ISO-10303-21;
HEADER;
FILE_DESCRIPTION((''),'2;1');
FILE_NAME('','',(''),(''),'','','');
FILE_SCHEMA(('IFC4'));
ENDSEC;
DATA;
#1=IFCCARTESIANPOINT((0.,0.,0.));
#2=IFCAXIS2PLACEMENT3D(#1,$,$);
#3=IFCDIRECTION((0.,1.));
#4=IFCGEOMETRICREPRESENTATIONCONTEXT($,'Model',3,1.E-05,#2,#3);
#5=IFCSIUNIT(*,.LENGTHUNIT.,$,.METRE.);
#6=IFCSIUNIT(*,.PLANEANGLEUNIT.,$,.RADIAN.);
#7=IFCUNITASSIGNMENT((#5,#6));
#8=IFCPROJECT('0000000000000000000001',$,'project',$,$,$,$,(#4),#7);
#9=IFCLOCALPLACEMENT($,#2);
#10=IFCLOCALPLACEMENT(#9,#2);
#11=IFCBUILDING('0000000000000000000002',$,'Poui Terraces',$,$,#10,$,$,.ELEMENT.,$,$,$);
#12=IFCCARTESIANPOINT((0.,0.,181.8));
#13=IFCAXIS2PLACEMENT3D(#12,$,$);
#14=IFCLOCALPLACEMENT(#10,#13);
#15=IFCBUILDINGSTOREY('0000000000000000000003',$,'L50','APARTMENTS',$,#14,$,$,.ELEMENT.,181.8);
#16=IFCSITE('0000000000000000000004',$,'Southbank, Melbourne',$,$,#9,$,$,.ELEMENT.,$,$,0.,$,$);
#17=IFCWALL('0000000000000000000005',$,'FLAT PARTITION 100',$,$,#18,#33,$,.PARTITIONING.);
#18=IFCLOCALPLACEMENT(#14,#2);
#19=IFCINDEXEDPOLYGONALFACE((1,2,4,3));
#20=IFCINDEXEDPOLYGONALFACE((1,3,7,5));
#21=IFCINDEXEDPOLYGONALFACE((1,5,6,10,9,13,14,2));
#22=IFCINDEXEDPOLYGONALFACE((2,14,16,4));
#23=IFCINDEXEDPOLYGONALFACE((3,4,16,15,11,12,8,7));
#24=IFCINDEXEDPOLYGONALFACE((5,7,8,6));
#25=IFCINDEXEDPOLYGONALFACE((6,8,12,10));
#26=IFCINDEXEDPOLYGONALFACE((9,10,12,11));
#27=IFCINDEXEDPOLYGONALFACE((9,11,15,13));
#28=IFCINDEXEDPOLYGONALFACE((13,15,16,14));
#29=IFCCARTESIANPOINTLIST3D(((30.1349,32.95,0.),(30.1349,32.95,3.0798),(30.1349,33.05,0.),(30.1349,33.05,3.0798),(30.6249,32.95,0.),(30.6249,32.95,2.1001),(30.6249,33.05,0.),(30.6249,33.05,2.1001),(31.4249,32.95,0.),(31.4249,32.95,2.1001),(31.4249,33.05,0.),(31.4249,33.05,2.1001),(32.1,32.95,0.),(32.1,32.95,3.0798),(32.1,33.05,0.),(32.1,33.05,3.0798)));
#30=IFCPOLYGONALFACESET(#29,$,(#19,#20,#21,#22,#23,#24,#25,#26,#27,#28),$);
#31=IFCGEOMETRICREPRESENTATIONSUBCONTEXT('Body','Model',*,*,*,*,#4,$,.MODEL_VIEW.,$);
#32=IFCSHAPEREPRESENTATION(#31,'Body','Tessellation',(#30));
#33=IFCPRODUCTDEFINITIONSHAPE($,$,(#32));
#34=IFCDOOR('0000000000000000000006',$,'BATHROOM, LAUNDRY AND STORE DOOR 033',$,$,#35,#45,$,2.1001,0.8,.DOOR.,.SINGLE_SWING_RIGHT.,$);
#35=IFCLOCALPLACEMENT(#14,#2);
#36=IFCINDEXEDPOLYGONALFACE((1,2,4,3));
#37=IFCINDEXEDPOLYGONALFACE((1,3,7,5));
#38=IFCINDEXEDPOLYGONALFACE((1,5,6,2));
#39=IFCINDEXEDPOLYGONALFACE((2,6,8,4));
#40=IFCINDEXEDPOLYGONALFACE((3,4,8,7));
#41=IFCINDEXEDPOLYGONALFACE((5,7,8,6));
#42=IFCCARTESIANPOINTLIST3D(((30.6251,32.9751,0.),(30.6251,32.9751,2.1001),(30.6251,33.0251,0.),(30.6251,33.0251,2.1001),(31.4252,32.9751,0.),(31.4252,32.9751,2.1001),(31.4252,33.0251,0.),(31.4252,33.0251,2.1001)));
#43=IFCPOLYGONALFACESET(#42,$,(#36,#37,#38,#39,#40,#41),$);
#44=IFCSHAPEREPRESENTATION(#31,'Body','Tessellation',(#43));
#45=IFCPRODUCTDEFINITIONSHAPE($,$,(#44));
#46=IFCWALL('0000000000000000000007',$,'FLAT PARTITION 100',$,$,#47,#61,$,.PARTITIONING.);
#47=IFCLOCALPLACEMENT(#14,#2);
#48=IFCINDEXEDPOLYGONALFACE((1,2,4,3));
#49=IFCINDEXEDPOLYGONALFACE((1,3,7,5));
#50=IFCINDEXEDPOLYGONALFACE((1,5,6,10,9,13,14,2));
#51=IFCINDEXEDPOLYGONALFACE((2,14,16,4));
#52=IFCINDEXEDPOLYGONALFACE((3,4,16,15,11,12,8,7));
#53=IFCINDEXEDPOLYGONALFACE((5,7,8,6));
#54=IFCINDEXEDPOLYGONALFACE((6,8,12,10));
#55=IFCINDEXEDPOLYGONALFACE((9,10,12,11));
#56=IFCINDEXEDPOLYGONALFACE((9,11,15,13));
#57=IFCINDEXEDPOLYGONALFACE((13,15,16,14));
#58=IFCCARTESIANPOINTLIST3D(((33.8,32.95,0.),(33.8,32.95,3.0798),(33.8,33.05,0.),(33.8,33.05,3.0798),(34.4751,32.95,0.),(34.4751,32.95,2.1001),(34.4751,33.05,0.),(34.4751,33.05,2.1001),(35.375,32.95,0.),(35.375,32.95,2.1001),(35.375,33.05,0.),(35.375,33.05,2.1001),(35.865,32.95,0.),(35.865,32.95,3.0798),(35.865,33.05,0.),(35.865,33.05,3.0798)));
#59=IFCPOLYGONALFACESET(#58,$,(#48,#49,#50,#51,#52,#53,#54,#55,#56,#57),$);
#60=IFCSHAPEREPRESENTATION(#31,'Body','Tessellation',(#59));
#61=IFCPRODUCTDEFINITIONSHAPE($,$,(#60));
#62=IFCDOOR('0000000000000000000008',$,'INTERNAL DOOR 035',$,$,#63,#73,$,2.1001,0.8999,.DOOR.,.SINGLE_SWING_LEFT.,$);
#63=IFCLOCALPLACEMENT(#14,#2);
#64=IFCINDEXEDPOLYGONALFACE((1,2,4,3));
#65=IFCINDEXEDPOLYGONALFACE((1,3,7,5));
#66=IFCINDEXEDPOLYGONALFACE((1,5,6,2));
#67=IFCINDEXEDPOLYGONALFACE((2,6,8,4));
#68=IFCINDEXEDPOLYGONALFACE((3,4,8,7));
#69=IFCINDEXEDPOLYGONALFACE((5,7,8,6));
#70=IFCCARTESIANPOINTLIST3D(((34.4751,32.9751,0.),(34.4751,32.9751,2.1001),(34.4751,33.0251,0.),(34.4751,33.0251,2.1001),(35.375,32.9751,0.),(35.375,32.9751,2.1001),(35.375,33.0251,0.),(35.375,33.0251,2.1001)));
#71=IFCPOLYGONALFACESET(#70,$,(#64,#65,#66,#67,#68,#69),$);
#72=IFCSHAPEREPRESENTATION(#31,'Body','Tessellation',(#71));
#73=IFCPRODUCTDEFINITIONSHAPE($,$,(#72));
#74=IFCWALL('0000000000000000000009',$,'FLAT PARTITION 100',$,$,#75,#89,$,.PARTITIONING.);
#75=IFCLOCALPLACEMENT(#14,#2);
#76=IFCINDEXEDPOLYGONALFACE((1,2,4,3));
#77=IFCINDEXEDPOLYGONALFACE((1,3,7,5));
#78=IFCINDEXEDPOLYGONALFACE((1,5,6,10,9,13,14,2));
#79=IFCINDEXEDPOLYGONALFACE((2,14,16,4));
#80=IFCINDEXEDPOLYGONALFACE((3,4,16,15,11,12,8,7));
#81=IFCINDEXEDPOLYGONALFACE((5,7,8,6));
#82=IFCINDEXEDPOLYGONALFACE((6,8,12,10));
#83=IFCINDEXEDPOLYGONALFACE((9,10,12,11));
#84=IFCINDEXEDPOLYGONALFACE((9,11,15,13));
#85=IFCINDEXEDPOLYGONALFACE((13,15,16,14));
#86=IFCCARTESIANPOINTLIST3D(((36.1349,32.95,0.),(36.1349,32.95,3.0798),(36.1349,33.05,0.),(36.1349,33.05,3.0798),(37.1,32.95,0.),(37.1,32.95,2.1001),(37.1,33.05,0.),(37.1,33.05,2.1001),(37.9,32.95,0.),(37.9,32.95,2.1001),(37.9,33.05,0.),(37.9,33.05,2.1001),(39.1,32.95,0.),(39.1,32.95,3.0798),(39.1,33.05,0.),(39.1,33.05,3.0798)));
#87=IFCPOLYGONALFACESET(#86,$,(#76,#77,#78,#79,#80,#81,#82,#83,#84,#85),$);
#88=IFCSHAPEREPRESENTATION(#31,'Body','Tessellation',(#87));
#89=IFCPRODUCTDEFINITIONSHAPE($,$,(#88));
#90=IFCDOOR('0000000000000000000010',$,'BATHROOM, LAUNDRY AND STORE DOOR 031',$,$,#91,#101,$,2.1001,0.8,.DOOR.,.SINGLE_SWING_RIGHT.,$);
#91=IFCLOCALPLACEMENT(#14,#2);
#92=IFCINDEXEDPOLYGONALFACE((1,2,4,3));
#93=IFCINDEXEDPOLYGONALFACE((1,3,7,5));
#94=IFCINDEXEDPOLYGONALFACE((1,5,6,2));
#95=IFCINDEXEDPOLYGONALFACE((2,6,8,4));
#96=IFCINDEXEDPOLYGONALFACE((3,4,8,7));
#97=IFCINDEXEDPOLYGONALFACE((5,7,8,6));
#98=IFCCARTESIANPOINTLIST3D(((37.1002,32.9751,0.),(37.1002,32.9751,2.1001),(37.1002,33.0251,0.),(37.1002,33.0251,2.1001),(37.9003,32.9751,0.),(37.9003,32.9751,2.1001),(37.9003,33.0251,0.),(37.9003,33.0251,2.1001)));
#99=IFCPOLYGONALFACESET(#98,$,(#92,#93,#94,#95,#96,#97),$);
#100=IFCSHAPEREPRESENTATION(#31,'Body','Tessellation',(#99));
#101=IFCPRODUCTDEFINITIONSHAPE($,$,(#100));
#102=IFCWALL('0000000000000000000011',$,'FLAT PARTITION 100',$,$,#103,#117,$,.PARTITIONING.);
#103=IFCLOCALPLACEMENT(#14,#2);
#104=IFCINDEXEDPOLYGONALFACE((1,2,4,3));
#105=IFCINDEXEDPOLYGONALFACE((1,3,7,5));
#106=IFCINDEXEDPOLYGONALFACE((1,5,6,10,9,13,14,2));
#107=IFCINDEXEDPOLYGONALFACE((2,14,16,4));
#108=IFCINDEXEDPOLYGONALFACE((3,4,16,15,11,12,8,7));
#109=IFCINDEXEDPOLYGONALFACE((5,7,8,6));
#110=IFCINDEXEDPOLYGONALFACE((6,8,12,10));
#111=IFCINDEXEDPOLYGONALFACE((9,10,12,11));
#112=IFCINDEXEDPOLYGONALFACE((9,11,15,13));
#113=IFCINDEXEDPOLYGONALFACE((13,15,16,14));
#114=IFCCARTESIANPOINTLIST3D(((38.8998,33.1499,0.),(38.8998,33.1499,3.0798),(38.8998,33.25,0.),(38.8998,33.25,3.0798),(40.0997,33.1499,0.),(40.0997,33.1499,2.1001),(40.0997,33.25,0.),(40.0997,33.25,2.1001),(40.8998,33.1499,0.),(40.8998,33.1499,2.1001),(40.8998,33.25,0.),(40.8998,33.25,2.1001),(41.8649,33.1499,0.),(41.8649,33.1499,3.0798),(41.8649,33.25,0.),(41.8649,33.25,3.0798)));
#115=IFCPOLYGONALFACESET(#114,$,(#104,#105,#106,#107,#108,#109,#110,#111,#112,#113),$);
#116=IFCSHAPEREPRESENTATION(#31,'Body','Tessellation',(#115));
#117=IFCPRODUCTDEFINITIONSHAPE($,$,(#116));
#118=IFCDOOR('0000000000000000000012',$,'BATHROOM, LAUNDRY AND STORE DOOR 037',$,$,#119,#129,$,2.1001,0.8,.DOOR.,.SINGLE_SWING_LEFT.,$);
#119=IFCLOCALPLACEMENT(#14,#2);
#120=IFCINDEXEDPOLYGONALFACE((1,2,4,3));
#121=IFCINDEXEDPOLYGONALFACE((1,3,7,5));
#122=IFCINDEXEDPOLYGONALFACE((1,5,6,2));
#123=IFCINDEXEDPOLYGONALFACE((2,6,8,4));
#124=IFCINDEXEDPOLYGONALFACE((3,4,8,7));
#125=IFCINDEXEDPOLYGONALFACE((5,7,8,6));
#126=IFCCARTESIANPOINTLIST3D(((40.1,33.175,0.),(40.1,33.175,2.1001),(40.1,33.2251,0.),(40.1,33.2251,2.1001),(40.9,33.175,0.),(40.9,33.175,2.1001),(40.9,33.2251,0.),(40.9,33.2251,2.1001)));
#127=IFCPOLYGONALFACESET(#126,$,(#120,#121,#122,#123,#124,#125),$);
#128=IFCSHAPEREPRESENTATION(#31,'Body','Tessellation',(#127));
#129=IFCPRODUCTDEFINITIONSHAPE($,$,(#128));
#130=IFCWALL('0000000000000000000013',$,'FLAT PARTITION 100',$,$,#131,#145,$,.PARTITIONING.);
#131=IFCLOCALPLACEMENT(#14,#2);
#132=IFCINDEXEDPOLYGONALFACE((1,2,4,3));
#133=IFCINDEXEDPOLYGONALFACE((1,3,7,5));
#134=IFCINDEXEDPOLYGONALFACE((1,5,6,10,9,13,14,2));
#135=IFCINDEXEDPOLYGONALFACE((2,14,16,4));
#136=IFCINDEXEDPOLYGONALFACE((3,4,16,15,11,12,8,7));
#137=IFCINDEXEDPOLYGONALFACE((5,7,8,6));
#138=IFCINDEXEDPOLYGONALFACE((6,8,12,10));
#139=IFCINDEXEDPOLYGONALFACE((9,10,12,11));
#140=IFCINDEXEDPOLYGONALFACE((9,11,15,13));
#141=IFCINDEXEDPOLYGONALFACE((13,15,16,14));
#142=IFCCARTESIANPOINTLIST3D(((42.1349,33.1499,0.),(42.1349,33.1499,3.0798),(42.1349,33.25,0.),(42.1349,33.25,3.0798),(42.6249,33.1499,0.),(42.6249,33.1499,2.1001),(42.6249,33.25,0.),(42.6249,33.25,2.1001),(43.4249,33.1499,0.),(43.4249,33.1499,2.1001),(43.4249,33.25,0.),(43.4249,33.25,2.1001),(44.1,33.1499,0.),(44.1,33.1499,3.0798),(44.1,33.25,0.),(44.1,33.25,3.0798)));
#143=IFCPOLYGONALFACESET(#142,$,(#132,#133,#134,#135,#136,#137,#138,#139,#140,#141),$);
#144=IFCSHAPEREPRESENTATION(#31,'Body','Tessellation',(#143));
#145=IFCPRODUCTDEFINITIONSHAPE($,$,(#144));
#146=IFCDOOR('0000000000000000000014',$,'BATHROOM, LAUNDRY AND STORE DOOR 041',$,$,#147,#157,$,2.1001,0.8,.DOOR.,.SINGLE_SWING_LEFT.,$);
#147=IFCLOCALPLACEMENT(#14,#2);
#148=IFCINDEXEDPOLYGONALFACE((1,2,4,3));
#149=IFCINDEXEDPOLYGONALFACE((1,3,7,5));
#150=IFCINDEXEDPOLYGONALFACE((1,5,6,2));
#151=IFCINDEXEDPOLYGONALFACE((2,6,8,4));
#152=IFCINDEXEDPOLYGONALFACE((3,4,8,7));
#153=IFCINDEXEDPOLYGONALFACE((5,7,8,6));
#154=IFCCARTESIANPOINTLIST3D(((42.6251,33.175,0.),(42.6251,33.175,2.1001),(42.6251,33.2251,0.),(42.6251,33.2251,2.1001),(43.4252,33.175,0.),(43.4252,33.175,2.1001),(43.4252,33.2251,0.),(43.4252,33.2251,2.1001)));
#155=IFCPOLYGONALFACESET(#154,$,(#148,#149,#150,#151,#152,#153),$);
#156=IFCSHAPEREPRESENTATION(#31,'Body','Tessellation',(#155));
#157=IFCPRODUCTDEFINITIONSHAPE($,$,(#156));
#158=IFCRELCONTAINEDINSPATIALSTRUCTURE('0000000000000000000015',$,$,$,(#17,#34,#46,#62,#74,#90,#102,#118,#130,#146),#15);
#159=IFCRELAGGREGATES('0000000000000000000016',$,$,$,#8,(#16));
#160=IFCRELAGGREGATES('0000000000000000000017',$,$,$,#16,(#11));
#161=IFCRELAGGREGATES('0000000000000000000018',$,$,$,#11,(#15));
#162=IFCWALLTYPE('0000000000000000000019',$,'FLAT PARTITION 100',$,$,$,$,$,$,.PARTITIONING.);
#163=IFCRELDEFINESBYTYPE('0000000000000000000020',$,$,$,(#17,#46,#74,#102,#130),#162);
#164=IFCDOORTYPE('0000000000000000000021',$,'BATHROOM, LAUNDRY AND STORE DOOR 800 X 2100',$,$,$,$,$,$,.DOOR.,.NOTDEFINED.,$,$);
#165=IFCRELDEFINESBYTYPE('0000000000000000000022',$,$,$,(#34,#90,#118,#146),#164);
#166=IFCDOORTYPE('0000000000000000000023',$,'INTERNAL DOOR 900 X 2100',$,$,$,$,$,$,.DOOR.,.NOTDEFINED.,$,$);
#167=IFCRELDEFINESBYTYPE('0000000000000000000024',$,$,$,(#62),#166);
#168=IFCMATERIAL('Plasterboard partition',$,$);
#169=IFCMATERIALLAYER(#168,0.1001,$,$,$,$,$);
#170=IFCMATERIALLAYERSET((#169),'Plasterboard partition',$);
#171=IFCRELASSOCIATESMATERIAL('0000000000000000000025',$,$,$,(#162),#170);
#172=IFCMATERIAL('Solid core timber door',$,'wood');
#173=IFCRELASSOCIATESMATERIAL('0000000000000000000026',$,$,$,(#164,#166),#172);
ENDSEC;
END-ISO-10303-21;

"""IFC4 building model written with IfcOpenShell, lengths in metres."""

from ifc_helpers import new_model, si_unit, direction, frame, frame_2d, origin, place, context, subcontext, project, spatial, rectangle, extrude, material, layer, layer_set, type_object, element, fill, save


model = new_model("IFC4")

# Units and contexts
model_context = context("Model", 3, precision=1e-05, world=origin(), true_north=direction((0.0, 1.0)))
body_context = subcontext(model_context, "Body", "Model", "MODEL_VIEW")
ifc_project = project(units=[si_unit("LENGTHUNIT", "METRE"), si_unit("PLANEANGLEUNIT", "RADIAN")], contexts=[model_context])

# Site, building, storey
site_placement = place(None, origin())
site = spatial("IfcSite", under=ifc_project, at=site_placement, Name="Southbank, Melbourne", CompositionType="ELEMENT", RefElevation=0.0)
building_placement = place(site_placement, origin())
building = spatial("IfcBuilding", under=site, at=building_placement, Name="Poui Terraces", CompositionType="ELEMENT")
storey_placement = place(building_placement, frame((0.0, 0.0, 181.8)))
storey = spatial("IfcBuildingStorey", under=building, at=storey_placement, Name="L50", Description="APARTMENTS", CompositionType="ELEMENT", Elevation=181.8)

# Walls, openings, doors
ifc_material_1 = material(Name="Plasterboard partition")
ifc_layer_1 = layer(ifc_material_1, 0.1001)
ifc_layer_set_1 = layer_set([ifc_layer_1], Name="Plasterboard partition")
wall_type_1 = type_object("IfcWallType", Name="FLAT PARTITION 100", PredefinedType="PARTITIONING", material=ifc_layer_set_1)
wall_1_placement = place(storey_placement, frame((30.135, 33.0, 0.0), z_axis=(0.0, 0.0, 1.0), x_axis=(1.0, 0.0, 0.0)))
wall_1 = element("IfcWall", 1, at=wall_1_placement, inside=storey, type_object=wall_type_1, Name="FLAT PARTITION 100", PredefinedType="PARTITIONING", context=body_context, shape_type="SweptSolid", body=[
    extrude(rectangle(XDim=1.9651, YDim=0.1001, at=frame_2d((0.9824, 0.0))), origin(), (0.0, 0.0, 1.0), 3.0798),
])
opening_1_placement = place(wall_1_placement, frame((0.49, 0.0, 0.0)))
opening_1 = element("IfcOpeningElement", 2, at=opening_1_placement, cuts=wall_1, PredefinedType="OPENING", context=body_context, shape_type="SweptSolid", body=[
    extrude(rectangle(XDim=0.8, YDim=2.1001, at=frame_2d((0.3999, 1.05))), frame((0.0, 0.0601, 0.0), z_axis=(0.0, -1.0, 0.0), x_axis=(1.0, 0.0, 0.0)), (0.0, 0.0, 1.0), 0.1201),
])
ifc_material_2 = material(Name="Solid core timber door", Category="wood")
door_type_1 = type_object("IfcDoorType", Name="BATHROOM, LAUNDRY AND STORE DOOR 800 X 2100", OperationType="NOTDEFINED", PredefinedType="DOOR", material=ifc_material_2)
door_1_placement = place(opening_1_placement, frame((0.8, 0.0, 0.0), z_axis=(0.0, 0.0, 1.0), x_axis=(-1.0, 0.0, 0.0)))
door_1 = element("IfcDoor", 3, at=door_1_placement, inside=storey, type_object=door_type_1, Name="BATHROOM, LAUNDRY AND STORE DOOR 033", OperationType="SINGLE_SWING_RIGHT", OverallHeight=2.1001, OverallWidth=0.8, PredefinedType="DOOR", context=body_context, shape_type="SweptSolid", body=[
    extrude(rectangle(XDim=0.8, YDim=2.1001, at=frame_2d((0.3999, 1.05))), frame((0.0, 0.0249, 0.0), z_axis=(0.0, -1.0, 0.0), x_axis=(1.0, 0.0, 0.0)), (0.0, 0.0, 1.0), 0.05),
])
fill(opening_1, door_1)
wall_2_placement = place(storey_placement, frame((33.8, 33.0, 0.0), z_axis=(0.0, 0.0, 1.0), x_axis=(1.0, 0.0, 0.0)))
wall_2 = element("IfcWall", 4, at=wall_2_placement, inside=storey, type_object=wall_type_1, Name="FLAT PARTITION 100", PredefinedType="PARTITIONING", context=body_context, shape_type="SweptSolid", body=[
    extrude(rectangle(XDim=2.0649, YDim=0.1001, at=frame_2d((1.0325, 0.0))), origin(), (0.0, 0.0, 1.0), 3.0798),
])
opening_2_placement = place(wall_2_placement, frame((0.675, 0.0, 0.0)))
opening_2 = element("IfcOpeningElement", 5, at=opening_2_placement, cuts=wall_2, PredefinedType="OPENING", context=body_context, shape_type="SweptSolid", body=[
    extrude(rectangle(XDim=0.8999, YDim=2.1001, at=frame_2d((0.45, 1.05))), frame((0.0, 0.0601, 0.0), z_axis=(0.0, -1.0, 0.0), x_axis=(1.0, 0.0, 0.0)), (0.0, 0.0, 1.0), 0.1201),
])
door_type_2 = type_object("IfcDoorType", Name="INTERNAL DOOR 900 X 2100", OperationType="NOTDEFINED", PredefinedType="DOOR", material=ifc_material_2)
door_2_placement = place(opening_2_placement, frame((0.8999, 0.0, 0.0), z_axis=(0.0, 0.0, 1.0), x_axis=(-1.0, 0.0, 0.0)))
door_2 = element("IfcDoor", 6, at=door_2_placement, inside=storey, type_object=door_type_2, Name="INTERNAL DOOR 035", OperationType="SINGLE_SWING_LEFT", OverallHeight=2.1001, OverallWidth=0.8999, PredefinedType="DOOR", context=body_context, shape_type="SweptSolid", body=[
    extrude(rectangle(XDim=0.8999, YDim=2.1001, at=frame_2d((0.45, 1.05))), frame((0.0, 0.0249, 0.0), z_axis=(0.0, -1.0, 0.0), x_axis=(1.0, 0.0, 0.0)), (0.0, 0.0, 1.0), 0.05),
])
fill(opening_2, door_2)
wall_3_placement = place(storey_placement, frame((36.135, 33.0, 0.0), z_axis=(0.0, 0.0, 1.0), x_axis=(1.0, 0.0, 0.0)))
wall_3 = element("IfcWall", 7, at=wall_3_placement, inside=storey, type_object=wall_type_1, Name="FLAT PARTITION 100", PredefinedType="PARTITIONING", context=body_context, shape_type="SweptSolid", body=[
    extrude(rectangle(XDim=2.9651, YDim=0.1001, at=frame_2d((1.4824, 0.0))), origin(), (0.0, 0.0, 1.0), 3.0798),
])
opening_3_placement = place(wall_3_placement, frame((0.9651, 0.0, 0.0)))
opening_3 = element("IfcOpeningElement", 8, at=opening_3_placement, cuts=wall_3, PredefinedType="OPENING", context=body_context, shape_type="SweptSolid", body=[
    extrude(rectangle(XDim=0.8, YDim=2.1001, at=frame_2d((0.3999, 1.05))), frame((0.0, 0.0601, 0.0), z_axis=(0.0, -1.0, 0.0), x_axis=(1.0, 0.0, 0.0)), (0.0, 0.0, 1.0), 0.1201),
])
door_3_placement = place(opening_3_placement, frame((0.8, 0.0, 0.0), z_axis=(0.0, 0.0, 1.0), x_axis=(-1.0, 0.0, 0.0)))
door_3 = element("IfcDoor", 9, at=door_3_placement, inside=storey, type_object=door_type_1, Name="BATHROOM, LAUNDRY AND STORE DOOR 031", OperationType="SINGLE_SWING_RIGHT", OverallHeight=2.1001, OverallWidth=0.8, PredefinedType="DOOR", context=body_context, shape_type="SweptSolid", body=[
    extrude(rectangle(XDim=0.8, YDim=2.1001, at=frame_2d((0.3999, 1.05))), frame((0.0, 0.0249, 0.0), z_axis=(0.0, -1.0, 0.0), x_axis=(1.0, 0.0, 0.0)), (0.0, 0.0, 1.0), 0.05),
])
fill(opening_3, door_3)
wall_4_placement = place(storey_placement, frame((38.8999, 33.2, 0.0), z_axis=(0.0, 0.0, 1.0), x_axis=(1.0, 0.0, 0.0)))
wall_4 = element("IfcWall", 10, at=wall_4_placement, inside=storey, type_object=wall_type_1, Name="FLAT PARTITION 100", PredefinedType="PARTITIONING", context=body_context, shape_type="SweptSolid", body=[
    extrude(rectangle(XDim=2.9651, YDim=0.1001, at=frame_2d((1.4824, 0.0))), origin(), (0.0, 0.0, 1.0), 3.0798),
])
opening_4_placement = place(wall_4_placement, frame((1.2, 0.0, 0.0)))
opening_4 = element("IfcOpeningElement", 11, at=opening_4_placement, cuts=wall_4, PredefinedType="OPENING", context=body_context, shape_type="SweptSolid", body=[
    extrude(rectangle(XDim=0.8, YDim=2.1001, at=frame_2d((0.3999, 1.05))), frame((0.0, 0.0601, 0.0), z_axis=(0.0, -1.0, 0.0), x_axis=(1.0, 0.0, 0.0)), (0.0, 0.0, 1.0), 0.1201),
])
door_4_placement = place(opening_4_placement, frame((0.8, 0.0, 0.0), z_axis=(0.0, 0.0, 1.0), x_axis=(-1.0, 0.0, 0.0)))
door_4 = element("IfcDoor", 12, at=door_4_placement, inside=storey, type_object=door_type_1, Name="BATHROOM, LAUNDRY AND STORE DOOR 037", OperationType="SINGLE_SWING_LEFT", OverallHeight=2.1001, OverallWidth=0.8, PredefinedType="DOOR", context=body_context, shape_type="SweptSolid", body=[
    extrude(rectangle(XDim=0.8, YDim=2.1001, at=frame_2d((0.3999, 1.05))), frame((0.0, 0.0249, 0.0), z_axis=(0.0, -1.0, 0.0), x_axis=(1.0, 0.0, 0.0)), (0.0, 0.0, 1.0), 0.05),
])
fill(opening_4, door_4)
wall_5_placement = place(storey_placement, frame((42.135, 33.2, 0.0), z_axis=(0.0, 0.0, 1.0), x_axis=(1.0, 0.0, 0.0)))
wall_5 = element("IfcWall", 13, at=wall_5_placement, inside=storey, type_object=wall_type_1, Name="FLAT PARTITION 100", PredefinedType="PARTITIONING", context=body_context, shape_type="SweptSolid", body=[
    extrude(rectangle(XDim=1.9651, YDim=0.1001, at=frame_2d((0.9824, 0.0))), origin(), (0.0, 0.0, 1.0), 3.0798),
])
opening_5_placement = place(wall_5_placement, frame((0.49, 0.0, 0.0)))
opening_5 = element("IfcOpeningElement", 14, at=opening_5_placement, cuts=wall_5, PredefinedType="OPENING", context=body_context, shape_type="SweptSolid", body=[
    extrude(rectangle(XDim=0.8, YDim=2.1001, at=frame_2d((0.3999, 1.05))), frame((0.0, 0.0601, 0.0), z_axis=(0.0, -1.0, 0.0), x_axis=(1.0, 0.0, 0.0)), (0.0, 0.0, 1.0), 0.1201),
])
door_5_placement = place(opening_5_placement, frame((0.8, 0.0, 0.0), z_axis=(0.0, 0.0, 1.0), x_axis=(-1.0, 0.0, 0.0)))
door_5 = element("IfcDoor", 15, at=door_5_placement, inside=storey, type_object=door_type_1, Name="BATHROOM, LAUNDRY AND STORE DOOR 041", OperationType="SINGLE_SWING_LEFT", OverallHeight=2.1001, OverallWidth=0.8, PredefinedType="DOOR", context=body_context, shape_type="SweptSolid", body=[
    extrude(rectangle(XDim=0.8, YDim=2.1001, at=frame_2d((0.3999, 1.05))), frame((0.0, 0.0249, 0.0), z_axis=(0.0, -1.0, 0.0), x_axis=(1.0, 0.0, 0.0)), (0.0, 0.0, 1.0), 0.05),
])
fill(opening_5, door_5)

save(model, "model.ifc")
